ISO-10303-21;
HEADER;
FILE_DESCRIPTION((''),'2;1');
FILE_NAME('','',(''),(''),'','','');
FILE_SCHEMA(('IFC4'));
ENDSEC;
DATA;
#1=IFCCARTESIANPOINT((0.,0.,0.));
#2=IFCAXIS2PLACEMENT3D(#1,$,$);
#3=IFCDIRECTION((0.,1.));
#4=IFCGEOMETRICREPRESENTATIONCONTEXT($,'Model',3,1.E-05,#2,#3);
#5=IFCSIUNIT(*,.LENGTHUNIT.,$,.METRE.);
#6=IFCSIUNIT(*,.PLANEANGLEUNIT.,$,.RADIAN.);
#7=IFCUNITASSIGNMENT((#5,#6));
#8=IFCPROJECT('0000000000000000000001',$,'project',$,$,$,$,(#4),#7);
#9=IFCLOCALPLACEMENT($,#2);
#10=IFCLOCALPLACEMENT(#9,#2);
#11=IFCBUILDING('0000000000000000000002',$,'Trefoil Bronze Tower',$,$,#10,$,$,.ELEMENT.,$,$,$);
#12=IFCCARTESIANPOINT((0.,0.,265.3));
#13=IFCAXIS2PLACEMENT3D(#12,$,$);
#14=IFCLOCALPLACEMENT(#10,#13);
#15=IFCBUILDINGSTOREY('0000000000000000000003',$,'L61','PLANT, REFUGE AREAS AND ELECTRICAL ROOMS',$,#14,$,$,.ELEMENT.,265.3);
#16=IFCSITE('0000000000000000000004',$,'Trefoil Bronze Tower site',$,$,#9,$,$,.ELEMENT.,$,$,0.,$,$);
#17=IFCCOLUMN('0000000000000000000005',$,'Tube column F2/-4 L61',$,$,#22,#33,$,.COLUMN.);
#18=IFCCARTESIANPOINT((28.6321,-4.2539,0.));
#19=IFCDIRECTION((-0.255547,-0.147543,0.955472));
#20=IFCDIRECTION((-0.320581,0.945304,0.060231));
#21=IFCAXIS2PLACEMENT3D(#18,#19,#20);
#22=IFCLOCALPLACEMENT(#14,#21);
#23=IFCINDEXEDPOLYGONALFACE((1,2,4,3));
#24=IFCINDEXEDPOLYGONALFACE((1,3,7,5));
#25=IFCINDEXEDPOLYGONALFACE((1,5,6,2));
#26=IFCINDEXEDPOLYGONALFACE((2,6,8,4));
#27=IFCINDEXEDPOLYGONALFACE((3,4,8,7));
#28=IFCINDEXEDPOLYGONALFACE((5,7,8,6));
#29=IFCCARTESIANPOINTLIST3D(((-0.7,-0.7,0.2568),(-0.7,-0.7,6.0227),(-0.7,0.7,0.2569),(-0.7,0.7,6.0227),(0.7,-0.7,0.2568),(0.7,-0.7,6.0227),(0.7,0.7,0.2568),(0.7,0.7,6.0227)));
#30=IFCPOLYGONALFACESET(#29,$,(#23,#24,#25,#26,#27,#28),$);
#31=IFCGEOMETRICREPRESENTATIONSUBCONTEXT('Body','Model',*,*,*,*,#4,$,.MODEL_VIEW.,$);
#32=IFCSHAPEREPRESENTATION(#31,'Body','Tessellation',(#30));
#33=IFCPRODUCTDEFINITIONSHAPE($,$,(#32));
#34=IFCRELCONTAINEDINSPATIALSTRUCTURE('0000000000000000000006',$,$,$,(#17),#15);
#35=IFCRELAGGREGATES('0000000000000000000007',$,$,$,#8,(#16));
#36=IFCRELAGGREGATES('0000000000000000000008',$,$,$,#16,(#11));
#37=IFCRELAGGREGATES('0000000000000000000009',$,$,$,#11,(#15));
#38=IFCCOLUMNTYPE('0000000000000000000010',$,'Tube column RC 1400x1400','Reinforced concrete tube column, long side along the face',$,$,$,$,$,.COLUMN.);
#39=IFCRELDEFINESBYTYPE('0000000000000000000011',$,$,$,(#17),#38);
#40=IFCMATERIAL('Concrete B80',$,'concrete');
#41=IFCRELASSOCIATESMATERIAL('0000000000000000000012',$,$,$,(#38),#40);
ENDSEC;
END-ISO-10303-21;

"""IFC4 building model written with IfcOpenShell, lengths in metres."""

from ifc_helpers import new_model, si_unit, direction, frame, origin, origin_2d, place, context, subcontext, project, spatial, rectangle, extrude, clip, halfspace, material, material_profile, profile_set, type_object, element, save


model = new_model("IFC4")

# Units and contexts
model_context = context("Model", 3, precision=1e-05, world=origin(), true_north=direction((0.0, 1.0)))
body_context = subcontext(model_context, "Body", "Model", "MODEL_VIEW")
ifc_project = project(units=[si_unit("LENGTHUNIT", "METRE"), si_unit("PLANEANGLEUNIT", "RADIAN")], contexts=[model_context])

# Site, building, storey
site_placement = place(None, origin())
site = spatial("IfcSite", under=ifc_project, at=site_placement, Name="Trefoil Bronze Tower site", CompositionType="ELEMENT", RefElevation=0.0)
building_placement = place(site_placement, origin())
building = spatial("IfcBuilding", under=site, at=building_placement, Name="Trefoil Bronze Tower", CompositionType="ELEMENT")
storey_placement = place(building_placement, frame((0.0, 0.0, 265.3)))
storey = spatial("IfcBuildingStorey", under=building, at=storey_placement, Name="L61", Description="PLANT, REFUGE AREAS AND ELECTRICAL ROOMS", CompositionType="ELEMENT", Elevation=265.3)

# Column
ifc_material_1 = material(Name="Concrete B80", Category="concrete")
ifc_material_profile_1 = material_profile(ifc_material_1, rectangle(XDim=1.3999, YDim=1.3999, at=origin_2d()), Name="RC 1400x1400")
ifc_profile_set_1 = profile_set([ifc_material_profile_1], Name="Concrete B80")
column_type = type_object("IfcColumnType", Name="Tube column RC 1400x1400", Description="Reinforced concrete tube column, long side along the face", PredefinedType="COLUMN", material=ifc_profile_set_1)
column_placement = place(storey_placement, frame((28.6321, -4.2539, 0.0), z_axis=(-0.255547, -0.147543, 0.955472), x_axis=(-0.320581, 0.945304, 0.060231)))
element("IfcColumn", 1, at=column_placement, inside=storey, type_object=column_type, Name="Tube column F2/-4 L61", PredefinedType="COLUMN", context=body_context, shape_type="Clipping", body=[
    clip(clip(extrude(rectangle(XDim=1.3999, YDim=1.3999, at=origin_2d()), origin(), (0.0, 0.0, 1.0), 6.2795), halfspace(frame((0.0, 0.0, 0.2568), z_axis=(0.000008, -0.000024, 1.0), x_axis=(0.0, 1.0, 0.000024)), True)), halfspace(frame((0.0, 0.0, 6.0227), z_axis=(-0.000008, 0.000024, -1.0), x_axis=(0.0, -1.0, -0.000024)), True)),
])

save(model, "model.ifc")
